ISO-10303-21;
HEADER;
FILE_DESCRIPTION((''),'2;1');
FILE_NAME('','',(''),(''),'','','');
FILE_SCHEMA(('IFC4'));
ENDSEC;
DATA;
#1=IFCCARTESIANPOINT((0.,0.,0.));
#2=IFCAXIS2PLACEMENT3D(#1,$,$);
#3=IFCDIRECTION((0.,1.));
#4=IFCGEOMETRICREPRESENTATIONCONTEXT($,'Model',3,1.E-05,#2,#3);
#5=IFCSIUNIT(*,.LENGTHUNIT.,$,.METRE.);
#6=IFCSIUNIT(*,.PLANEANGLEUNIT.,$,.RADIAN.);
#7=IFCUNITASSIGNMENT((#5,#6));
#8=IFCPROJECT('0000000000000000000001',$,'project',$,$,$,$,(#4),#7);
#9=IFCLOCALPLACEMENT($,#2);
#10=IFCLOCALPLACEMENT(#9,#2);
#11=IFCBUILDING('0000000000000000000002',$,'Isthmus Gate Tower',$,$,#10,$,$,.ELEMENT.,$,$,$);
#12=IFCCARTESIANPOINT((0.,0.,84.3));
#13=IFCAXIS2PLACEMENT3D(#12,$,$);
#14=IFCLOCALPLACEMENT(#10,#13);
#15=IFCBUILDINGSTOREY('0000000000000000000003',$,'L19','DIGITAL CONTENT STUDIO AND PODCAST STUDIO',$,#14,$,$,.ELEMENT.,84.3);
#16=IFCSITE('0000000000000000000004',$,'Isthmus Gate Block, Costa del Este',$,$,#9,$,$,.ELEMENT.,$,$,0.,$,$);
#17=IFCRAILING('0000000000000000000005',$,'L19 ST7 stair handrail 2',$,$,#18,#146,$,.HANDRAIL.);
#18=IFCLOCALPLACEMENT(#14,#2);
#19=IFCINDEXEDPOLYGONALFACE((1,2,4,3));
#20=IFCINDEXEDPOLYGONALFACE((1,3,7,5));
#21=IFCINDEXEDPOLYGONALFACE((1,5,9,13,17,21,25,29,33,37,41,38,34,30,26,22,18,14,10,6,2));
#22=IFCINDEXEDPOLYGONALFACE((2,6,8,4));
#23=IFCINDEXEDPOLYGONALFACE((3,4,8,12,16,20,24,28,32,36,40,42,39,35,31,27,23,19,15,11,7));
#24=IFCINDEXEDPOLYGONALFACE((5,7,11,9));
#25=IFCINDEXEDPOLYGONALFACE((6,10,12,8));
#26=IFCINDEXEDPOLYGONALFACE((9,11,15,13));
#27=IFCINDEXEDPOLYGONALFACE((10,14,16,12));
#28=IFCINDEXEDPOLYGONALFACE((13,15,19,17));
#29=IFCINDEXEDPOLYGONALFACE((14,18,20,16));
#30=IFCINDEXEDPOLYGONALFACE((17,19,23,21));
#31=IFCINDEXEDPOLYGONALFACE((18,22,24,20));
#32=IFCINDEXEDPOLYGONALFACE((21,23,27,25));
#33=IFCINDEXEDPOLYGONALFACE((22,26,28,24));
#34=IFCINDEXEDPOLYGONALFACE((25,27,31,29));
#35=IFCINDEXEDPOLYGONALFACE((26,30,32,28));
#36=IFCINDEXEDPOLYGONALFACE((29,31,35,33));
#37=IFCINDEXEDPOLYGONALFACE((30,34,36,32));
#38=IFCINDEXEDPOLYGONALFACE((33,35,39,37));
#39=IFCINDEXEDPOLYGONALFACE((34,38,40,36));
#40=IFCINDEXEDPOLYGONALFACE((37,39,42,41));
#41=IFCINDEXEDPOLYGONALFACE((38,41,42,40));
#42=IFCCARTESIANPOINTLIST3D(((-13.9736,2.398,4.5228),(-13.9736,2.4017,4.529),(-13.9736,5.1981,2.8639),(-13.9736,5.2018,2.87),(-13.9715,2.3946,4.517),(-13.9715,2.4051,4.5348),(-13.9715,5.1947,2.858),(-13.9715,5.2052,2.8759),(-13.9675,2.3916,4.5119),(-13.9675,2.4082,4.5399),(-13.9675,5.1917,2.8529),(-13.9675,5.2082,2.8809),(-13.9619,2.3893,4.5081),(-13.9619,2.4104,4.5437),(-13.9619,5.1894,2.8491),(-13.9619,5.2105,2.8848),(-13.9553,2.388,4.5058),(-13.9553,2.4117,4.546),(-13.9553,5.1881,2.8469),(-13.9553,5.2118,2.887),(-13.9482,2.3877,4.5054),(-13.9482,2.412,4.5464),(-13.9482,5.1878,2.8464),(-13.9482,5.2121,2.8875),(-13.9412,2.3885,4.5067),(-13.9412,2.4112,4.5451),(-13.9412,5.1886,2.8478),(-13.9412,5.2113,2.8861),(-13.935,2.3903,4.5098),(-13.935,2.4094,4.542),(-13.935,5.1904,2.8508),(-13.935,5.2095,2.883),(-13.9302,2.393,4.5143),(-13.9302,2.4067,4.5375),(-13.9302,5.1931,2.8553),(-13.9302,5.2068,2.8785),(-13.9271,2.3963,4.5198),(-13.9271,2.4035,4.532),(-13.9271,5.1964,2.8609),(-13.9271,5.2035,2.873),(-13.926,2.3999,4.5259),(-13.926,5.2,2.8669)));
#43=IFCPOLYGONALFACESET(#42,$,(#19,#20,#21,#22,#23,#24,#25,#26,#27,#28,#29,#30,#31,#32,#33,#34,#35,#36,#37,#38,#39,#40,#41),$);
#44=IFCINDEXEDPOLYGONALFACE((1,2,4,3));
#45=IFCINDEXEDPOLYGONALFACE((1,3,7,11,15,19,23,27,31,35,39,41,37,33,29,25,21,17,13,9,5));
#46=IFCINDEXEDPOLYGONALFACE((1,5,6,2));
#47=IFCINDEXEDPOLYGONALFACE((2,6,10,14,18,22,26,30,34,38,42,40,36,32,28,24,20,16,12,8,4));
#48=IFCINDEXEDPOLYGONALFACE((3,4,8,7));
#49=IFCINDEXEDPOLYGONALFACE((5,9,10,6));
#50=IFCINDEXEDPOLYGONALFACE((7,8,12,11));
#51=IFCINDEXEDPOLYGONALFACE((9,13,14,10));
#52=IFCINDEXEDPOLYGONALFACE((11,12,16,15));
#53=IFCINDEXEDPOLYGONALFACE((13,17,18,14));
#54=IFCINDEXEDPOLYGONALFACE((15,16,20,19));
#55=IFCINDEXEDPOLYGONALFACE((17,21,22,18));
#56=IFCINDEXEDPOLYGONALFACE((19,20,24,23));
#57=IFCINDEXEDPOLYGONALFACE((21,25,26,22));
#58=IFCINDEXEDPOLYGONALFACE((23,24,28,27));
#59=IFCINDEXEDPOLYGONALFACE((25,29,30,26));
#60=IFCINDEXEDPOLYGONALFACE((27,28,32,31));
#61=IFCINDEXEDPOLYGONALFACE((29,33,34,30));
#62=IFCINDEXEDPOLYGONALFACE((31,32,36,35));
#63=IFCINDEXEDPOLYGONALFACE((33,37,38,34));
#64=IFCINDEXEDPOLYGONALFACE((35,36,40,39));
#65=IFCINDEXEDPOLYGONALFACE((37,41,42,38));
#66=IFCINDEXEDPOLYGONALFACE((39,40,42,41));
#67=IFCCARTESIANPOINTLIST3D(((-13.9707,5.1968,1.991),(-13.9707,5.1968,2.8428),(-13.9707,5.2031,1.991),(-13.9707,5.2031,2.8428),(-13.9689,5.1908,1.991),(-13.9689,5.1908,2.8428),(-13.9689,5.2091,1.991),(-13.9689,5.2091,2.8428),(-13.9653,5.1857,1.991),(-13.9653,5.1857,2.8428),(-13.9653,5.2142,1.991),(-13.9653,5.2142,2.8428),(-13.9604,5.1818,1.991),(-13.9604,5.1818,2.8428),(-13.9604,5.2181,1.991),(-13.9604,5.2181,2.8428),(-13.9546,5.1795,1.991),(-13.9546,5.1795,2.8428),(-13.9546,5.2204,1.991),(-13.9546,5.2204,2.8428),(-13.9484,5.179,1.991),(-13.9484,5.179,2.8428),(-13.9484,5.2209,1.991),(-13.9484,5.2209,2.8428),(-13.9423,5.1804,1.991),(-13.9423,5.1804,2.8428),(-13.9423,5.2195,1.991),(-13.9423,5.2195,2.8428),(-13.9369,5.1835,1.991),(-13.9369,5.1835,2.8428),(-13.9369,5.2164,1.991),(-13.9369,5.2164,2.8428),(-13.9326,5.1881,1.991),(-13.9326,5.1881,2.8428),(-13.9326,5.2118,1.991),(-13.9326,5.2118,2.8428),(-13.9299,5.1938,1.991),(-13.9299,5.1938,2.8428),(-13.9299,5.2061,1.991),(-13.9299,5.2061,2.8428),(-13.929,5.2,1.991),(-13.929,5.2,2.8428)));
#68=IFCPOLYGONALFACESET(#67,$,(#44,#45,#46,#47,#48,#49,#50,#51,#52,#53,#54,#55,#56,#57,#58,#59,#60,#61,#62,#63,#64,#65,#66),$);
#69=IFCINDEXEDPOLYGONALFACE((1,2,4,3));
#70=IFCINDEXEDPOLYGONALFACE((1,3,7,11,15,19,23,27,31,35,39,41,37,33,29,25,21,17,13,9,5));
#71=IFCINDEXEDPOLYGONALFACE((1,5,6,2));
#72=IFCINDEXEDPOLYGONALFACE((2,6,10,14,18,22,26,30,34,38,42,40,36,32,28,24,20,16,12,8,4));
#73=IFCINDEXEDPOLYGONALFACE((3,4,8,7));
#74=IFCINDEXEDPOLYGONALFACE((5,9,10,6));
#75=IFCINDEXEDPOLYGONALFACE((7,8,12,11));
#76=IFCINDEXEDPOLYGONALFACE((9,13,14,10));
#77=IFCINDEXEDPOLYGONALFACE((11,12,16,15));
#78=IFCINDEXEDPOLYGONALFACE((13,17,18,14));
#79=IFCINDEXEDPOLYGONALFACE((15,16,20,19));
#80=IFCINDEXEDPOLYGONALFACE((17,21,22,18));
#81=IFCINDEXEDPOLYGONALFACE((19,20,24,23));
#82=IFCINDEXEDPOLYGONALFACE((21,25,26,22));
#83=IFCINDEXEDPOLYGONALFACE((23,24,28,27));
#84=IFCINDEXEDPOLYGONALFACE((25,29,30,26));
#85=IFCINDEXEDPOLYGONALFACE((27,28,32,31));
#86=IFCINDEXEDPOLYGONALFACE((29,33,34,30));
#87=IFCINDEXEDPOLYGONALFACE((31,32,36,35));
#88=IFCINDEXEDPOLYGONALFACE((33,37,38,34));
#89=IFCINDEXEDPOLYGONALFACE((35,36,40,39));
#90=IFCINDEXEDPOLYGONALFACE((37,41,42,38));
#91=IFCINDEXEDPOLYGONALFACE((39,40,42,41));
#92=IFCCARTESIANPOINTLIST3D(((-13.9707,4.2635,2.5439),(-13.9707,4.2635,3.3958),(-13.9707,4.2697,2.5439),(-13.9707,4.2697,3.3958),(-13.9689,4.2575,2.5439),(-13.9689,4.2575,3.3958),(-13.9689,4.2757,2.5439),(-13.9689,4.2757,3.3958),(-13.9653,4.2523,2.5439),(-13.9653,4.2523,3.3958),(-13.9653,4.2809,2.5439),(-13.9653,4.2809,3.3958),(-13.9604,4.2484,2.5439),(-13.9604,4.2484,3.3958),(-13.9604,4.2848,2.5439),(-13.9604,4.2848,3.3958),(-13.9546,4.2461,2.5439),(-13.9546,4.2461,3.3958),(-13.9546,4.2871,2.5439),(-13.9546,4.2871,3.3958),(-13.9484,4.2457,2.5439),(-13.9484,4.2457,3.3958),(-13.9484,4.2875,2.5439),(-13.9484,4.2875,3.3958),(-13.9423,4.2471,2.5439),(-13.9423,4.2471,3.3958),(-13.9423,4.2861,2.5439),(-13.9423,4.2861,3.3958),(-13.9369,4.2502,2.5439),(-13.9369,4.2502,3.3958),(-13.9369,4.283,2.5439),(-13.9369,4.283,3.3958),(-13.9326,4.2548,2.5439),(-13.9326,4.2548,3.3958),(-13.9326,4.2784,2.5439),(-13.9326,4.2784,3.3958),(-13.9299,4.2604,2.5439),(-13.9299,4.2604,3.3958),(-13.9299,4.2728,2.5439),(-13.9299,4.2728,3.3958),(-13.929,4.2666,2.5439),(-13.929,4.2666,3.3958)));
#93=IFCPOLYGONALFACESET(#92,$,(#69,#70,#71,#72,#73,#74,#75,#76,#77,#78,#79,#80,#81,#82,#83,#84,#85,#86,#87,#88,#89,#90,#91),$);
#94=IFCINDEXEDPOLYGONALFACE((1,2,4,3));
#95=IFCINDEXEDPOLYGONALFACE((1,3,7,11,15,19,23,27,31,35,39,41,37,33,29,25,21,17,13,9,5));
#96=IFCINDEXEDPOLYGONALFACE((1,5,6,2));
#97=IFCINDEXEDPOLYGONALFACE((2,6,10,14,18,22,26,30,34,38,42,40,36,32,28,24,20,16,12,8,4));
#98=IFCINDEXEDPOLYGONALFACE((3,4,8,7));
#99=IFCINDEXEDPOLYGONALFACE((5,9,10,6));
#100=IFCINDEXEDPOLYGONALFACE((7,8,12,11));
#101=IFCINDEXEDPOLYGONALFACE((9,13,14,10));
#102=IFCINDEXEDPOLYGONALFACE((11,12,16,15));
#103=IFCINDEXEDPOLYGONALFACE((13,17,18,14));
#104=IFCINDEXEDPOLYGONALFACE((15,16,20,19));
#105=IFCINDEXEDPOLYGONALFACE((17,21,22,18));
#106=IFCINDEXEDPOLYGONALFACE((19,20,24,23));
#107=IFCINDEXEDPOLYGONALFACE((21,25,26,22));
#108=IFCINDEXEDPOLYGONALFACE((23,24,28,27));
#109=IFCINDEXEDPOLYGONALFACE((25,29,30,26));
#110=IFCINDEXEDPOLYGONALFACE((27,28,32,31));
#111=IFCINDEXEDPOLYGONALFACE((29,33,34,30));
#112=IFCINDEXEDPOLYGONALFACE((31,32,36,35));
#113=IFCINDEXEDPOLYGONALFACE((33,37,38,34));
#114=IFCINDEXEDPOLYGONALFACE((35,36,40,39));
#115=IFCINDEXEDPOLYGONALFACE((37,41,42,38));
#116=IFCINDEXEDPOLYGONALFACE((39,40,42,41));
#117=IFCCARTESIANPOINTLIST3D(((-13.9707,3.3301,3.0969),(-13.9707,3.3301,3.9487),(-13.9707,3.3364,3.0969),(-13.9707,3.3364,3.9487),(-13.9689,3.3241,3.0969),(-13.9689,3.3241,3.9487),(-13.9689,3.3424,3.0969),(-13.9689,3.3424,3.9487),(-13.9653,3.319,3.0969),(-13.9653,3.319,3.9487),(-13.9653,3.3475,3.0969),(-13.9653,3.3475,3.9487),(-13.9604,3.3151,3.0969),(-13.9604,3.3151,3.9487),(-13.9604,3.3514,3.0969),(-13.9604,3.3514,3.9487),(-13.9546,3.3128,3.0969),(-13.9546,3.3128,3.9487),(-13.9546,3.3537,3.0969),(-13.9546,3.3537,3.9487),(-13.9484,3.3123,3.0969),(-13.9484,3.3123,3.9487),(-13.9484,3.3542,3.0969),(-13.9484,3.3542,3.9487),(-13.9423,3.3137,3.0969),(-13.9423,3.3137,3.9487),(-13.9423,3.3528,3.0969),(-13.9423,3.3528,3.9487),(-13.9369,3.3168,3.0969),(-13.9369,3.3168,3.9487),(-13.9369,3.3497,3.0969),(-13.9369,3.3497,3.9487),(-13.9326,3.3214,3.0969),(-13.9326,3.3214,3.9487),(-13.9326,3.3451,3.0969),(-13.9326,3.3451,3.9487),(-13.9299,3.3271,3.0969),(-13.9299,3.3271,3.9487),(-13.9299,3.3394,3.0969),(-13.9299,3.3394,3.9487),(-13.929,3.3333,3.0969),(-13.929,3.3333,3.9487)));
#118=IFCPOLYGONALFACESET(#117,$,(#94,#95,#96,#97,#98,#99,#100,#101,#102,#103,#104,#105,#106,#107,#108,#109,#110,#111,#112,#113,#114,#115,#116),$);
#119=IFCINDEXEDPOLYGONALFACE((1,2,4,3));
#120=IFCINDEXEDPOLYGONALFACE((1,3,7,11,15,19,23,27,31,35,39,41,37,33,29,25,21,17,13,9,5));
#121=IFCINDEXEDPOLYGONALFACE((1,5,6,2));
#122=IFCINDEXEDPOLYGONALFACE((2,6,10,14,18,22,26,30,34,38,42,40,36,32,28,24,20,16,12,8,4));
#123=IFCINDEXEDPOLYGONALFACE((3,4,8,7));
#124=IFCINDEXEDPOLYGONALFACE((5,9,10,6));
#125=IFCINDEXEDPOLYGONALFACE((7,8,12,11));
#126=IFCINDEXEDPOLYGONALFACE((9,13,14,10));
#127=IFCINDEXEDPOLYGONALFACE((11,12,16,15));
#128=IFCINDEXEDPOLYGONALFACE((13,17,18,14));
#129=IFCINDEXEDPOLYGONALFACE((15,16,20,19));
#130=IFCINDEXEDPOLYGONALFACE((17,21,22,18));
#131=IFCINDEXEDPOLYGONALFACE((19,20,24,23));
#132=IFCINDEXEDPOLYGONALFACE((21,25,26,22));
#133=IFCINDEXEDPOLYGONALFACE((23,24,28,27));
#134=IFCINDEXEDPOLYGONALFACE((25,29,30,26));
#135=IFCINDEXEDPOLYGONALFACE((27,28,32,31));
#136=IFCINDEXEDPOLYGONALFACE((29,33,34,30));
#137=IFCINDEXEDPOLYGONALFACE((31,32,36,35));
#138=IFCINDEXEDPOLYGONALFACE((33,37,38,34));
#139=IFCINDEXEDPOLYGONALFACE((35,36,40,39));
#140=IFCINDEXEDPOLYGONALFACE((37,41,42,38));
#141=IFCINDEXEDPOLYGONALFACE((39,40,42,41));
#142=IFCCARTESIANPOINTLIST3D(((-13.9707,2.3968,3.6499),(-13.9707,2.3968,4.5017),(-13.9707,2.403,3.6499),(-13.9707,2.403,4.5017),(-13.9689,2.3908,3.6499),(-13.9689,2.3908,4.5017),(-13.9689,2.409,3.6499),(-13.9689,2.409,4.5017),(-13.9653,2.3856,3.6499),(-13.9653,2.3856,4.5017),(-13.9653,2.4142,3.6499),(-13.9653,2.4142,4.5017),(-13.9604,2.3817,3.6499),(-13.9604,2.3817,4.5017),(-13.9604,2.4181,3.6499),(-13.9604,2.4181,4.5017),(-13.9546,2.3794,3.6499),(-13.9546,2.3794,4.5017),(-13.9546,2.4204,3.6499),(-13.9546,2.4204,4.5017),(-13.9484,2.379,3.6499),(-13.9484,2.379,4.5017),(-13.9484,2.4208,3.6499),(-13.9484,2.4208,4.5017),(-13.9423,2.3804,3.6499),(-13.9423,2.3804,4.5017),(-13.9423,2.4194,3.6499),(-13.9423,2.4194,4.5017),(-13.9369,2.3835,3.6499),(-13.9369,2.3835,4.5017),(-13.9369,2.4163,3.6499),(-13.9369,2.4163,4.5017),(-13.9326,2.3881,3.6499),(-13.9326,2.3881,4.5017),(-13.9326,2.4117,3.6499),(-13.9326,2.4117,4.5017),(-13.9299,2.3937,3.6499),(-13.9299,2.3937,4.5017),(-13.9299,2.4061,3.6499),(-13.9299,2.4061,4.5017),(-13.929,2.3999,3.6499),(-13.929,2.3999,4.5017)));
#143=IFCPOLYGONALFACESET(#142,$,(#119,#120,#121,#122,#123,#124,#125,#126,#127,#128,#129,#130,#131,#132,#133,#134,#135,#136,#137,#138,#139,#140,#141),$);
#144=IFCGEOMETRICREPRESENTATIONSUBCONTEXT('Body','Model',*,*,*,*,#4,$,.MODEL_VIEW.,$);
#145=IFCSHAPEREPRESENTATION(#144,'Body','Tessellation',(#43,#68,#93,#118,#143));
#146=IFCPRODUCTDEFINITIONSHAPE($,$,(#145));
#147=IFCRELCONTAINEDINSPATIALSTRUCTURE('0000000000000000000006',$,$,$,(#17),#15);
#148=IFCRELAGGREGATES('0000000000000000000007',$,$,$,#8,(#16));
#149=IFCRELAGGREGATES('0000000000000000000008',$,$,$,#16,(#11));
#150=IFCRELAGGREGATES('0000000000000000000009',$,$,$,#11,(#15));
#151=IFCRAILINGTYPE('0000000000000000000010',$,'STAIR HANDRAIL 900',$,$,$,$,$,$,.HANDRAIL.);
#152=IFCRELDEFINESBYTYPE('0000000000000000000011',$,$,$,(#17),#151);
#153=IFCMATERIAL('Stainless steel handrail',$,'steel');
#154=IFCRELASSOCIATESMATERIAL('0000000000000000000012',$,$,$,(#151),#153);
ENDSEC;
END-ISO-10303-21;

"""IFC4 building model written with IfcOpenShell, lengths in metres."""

from ifc_helpers import new_model, si_unit, direction, frame, origin, origin_2d, place, context, subcontext, project, spatial, circle, extrude, material, type_object, element, save


model = new_model("IFC4")

# Units and contexts
model_context = context("Model", 3, precision=1e-05, world=origin(), true_north=direction((0.0, 1.0)))
body_context = subcontext(model_context, "Body", "Model", "MODEL_VIEW")
ifc_project = project(units=[si_unit("LENGTHUNIT", "METRE"), si_unit("PLANEANGLEUNIT", "RADIAN")], contexts=[model_context])

# Site, building, storey
site_placement = place(None, origin())
site = spatial("IfcSite", under=ifc_project, at=site_placement, Name="Isthmus Gate Block, Costa del Este", CompositionType="ELEMENT", RefElevation=0.0)
building_placement = place(site_placement, origin())
building = spatial("IfcBuilding", under=site, at=building_placement, Name="Isthmus Gate Tower", CompositionType="ELEMENT")
storey_placement = place(building_placement, frame((0.0, 0.0, 84.3)))
storey = spatial("IfcBuildingStorey", under=building, at=storey_placement, Name="L19", Description="DIGITAL CONTENT STUDIO AND PODCAST STUDIO", CompositionType="ELEMENT", Elevation=84.3)

# Railing
ifc_material_1 = material(Name="Stainless steel handrail", Category="steel")
railing_type_1 = type_object("IfcRailingType", Name="STAIR HANDRAIL 900", PredefinedType="HANDRAIL", material=ifc_material_1)
railing_1_placement = place(storey_placement, frame((-13.95, 5.2, 1.991)))
element("IfcRailing", 1, at=railing_1_placement, inside=storey, type_object=railing_type_1, Name="L19 ST7 stair handrail 2", PredefinedType="HANDRAIL", context=body_context, shape_type="SweptSolid", body=[
    extrude(circle(Radius=0.0239, at=origin_2d()), frame((0.0, 0.0, 0.876), z_axis=(0.0, -0.860339, 0.509722), x_axis=(1.0, 0.0, 0.0)), (0.0, 0.0, 1.0), 3.2546),
    extrude(circle(Radius=0.021, at=origin_2d()), origin(), (0.0, 0.0, 1.0), 0.8518),
    extrude(circle(Radius=0.021, at=origin_2d()), frame((0.0, -0.9333, 0.553)), (0.0, 0.0, 1.0), 0.8518),
    extrude(circle(Radius=0.021, at=origin_2d()), frame((0.0, -1.8667, 1.106)), (0.0, 0.0, 1.0), 0.8518),
    extrude(circle(Radius=0.021, at=origin_2d()), frame((0.0, -2.8, 1.6589)), (0.0, 0.0, 1.0), 0.8518),
])

save(model, "model.ifc")
